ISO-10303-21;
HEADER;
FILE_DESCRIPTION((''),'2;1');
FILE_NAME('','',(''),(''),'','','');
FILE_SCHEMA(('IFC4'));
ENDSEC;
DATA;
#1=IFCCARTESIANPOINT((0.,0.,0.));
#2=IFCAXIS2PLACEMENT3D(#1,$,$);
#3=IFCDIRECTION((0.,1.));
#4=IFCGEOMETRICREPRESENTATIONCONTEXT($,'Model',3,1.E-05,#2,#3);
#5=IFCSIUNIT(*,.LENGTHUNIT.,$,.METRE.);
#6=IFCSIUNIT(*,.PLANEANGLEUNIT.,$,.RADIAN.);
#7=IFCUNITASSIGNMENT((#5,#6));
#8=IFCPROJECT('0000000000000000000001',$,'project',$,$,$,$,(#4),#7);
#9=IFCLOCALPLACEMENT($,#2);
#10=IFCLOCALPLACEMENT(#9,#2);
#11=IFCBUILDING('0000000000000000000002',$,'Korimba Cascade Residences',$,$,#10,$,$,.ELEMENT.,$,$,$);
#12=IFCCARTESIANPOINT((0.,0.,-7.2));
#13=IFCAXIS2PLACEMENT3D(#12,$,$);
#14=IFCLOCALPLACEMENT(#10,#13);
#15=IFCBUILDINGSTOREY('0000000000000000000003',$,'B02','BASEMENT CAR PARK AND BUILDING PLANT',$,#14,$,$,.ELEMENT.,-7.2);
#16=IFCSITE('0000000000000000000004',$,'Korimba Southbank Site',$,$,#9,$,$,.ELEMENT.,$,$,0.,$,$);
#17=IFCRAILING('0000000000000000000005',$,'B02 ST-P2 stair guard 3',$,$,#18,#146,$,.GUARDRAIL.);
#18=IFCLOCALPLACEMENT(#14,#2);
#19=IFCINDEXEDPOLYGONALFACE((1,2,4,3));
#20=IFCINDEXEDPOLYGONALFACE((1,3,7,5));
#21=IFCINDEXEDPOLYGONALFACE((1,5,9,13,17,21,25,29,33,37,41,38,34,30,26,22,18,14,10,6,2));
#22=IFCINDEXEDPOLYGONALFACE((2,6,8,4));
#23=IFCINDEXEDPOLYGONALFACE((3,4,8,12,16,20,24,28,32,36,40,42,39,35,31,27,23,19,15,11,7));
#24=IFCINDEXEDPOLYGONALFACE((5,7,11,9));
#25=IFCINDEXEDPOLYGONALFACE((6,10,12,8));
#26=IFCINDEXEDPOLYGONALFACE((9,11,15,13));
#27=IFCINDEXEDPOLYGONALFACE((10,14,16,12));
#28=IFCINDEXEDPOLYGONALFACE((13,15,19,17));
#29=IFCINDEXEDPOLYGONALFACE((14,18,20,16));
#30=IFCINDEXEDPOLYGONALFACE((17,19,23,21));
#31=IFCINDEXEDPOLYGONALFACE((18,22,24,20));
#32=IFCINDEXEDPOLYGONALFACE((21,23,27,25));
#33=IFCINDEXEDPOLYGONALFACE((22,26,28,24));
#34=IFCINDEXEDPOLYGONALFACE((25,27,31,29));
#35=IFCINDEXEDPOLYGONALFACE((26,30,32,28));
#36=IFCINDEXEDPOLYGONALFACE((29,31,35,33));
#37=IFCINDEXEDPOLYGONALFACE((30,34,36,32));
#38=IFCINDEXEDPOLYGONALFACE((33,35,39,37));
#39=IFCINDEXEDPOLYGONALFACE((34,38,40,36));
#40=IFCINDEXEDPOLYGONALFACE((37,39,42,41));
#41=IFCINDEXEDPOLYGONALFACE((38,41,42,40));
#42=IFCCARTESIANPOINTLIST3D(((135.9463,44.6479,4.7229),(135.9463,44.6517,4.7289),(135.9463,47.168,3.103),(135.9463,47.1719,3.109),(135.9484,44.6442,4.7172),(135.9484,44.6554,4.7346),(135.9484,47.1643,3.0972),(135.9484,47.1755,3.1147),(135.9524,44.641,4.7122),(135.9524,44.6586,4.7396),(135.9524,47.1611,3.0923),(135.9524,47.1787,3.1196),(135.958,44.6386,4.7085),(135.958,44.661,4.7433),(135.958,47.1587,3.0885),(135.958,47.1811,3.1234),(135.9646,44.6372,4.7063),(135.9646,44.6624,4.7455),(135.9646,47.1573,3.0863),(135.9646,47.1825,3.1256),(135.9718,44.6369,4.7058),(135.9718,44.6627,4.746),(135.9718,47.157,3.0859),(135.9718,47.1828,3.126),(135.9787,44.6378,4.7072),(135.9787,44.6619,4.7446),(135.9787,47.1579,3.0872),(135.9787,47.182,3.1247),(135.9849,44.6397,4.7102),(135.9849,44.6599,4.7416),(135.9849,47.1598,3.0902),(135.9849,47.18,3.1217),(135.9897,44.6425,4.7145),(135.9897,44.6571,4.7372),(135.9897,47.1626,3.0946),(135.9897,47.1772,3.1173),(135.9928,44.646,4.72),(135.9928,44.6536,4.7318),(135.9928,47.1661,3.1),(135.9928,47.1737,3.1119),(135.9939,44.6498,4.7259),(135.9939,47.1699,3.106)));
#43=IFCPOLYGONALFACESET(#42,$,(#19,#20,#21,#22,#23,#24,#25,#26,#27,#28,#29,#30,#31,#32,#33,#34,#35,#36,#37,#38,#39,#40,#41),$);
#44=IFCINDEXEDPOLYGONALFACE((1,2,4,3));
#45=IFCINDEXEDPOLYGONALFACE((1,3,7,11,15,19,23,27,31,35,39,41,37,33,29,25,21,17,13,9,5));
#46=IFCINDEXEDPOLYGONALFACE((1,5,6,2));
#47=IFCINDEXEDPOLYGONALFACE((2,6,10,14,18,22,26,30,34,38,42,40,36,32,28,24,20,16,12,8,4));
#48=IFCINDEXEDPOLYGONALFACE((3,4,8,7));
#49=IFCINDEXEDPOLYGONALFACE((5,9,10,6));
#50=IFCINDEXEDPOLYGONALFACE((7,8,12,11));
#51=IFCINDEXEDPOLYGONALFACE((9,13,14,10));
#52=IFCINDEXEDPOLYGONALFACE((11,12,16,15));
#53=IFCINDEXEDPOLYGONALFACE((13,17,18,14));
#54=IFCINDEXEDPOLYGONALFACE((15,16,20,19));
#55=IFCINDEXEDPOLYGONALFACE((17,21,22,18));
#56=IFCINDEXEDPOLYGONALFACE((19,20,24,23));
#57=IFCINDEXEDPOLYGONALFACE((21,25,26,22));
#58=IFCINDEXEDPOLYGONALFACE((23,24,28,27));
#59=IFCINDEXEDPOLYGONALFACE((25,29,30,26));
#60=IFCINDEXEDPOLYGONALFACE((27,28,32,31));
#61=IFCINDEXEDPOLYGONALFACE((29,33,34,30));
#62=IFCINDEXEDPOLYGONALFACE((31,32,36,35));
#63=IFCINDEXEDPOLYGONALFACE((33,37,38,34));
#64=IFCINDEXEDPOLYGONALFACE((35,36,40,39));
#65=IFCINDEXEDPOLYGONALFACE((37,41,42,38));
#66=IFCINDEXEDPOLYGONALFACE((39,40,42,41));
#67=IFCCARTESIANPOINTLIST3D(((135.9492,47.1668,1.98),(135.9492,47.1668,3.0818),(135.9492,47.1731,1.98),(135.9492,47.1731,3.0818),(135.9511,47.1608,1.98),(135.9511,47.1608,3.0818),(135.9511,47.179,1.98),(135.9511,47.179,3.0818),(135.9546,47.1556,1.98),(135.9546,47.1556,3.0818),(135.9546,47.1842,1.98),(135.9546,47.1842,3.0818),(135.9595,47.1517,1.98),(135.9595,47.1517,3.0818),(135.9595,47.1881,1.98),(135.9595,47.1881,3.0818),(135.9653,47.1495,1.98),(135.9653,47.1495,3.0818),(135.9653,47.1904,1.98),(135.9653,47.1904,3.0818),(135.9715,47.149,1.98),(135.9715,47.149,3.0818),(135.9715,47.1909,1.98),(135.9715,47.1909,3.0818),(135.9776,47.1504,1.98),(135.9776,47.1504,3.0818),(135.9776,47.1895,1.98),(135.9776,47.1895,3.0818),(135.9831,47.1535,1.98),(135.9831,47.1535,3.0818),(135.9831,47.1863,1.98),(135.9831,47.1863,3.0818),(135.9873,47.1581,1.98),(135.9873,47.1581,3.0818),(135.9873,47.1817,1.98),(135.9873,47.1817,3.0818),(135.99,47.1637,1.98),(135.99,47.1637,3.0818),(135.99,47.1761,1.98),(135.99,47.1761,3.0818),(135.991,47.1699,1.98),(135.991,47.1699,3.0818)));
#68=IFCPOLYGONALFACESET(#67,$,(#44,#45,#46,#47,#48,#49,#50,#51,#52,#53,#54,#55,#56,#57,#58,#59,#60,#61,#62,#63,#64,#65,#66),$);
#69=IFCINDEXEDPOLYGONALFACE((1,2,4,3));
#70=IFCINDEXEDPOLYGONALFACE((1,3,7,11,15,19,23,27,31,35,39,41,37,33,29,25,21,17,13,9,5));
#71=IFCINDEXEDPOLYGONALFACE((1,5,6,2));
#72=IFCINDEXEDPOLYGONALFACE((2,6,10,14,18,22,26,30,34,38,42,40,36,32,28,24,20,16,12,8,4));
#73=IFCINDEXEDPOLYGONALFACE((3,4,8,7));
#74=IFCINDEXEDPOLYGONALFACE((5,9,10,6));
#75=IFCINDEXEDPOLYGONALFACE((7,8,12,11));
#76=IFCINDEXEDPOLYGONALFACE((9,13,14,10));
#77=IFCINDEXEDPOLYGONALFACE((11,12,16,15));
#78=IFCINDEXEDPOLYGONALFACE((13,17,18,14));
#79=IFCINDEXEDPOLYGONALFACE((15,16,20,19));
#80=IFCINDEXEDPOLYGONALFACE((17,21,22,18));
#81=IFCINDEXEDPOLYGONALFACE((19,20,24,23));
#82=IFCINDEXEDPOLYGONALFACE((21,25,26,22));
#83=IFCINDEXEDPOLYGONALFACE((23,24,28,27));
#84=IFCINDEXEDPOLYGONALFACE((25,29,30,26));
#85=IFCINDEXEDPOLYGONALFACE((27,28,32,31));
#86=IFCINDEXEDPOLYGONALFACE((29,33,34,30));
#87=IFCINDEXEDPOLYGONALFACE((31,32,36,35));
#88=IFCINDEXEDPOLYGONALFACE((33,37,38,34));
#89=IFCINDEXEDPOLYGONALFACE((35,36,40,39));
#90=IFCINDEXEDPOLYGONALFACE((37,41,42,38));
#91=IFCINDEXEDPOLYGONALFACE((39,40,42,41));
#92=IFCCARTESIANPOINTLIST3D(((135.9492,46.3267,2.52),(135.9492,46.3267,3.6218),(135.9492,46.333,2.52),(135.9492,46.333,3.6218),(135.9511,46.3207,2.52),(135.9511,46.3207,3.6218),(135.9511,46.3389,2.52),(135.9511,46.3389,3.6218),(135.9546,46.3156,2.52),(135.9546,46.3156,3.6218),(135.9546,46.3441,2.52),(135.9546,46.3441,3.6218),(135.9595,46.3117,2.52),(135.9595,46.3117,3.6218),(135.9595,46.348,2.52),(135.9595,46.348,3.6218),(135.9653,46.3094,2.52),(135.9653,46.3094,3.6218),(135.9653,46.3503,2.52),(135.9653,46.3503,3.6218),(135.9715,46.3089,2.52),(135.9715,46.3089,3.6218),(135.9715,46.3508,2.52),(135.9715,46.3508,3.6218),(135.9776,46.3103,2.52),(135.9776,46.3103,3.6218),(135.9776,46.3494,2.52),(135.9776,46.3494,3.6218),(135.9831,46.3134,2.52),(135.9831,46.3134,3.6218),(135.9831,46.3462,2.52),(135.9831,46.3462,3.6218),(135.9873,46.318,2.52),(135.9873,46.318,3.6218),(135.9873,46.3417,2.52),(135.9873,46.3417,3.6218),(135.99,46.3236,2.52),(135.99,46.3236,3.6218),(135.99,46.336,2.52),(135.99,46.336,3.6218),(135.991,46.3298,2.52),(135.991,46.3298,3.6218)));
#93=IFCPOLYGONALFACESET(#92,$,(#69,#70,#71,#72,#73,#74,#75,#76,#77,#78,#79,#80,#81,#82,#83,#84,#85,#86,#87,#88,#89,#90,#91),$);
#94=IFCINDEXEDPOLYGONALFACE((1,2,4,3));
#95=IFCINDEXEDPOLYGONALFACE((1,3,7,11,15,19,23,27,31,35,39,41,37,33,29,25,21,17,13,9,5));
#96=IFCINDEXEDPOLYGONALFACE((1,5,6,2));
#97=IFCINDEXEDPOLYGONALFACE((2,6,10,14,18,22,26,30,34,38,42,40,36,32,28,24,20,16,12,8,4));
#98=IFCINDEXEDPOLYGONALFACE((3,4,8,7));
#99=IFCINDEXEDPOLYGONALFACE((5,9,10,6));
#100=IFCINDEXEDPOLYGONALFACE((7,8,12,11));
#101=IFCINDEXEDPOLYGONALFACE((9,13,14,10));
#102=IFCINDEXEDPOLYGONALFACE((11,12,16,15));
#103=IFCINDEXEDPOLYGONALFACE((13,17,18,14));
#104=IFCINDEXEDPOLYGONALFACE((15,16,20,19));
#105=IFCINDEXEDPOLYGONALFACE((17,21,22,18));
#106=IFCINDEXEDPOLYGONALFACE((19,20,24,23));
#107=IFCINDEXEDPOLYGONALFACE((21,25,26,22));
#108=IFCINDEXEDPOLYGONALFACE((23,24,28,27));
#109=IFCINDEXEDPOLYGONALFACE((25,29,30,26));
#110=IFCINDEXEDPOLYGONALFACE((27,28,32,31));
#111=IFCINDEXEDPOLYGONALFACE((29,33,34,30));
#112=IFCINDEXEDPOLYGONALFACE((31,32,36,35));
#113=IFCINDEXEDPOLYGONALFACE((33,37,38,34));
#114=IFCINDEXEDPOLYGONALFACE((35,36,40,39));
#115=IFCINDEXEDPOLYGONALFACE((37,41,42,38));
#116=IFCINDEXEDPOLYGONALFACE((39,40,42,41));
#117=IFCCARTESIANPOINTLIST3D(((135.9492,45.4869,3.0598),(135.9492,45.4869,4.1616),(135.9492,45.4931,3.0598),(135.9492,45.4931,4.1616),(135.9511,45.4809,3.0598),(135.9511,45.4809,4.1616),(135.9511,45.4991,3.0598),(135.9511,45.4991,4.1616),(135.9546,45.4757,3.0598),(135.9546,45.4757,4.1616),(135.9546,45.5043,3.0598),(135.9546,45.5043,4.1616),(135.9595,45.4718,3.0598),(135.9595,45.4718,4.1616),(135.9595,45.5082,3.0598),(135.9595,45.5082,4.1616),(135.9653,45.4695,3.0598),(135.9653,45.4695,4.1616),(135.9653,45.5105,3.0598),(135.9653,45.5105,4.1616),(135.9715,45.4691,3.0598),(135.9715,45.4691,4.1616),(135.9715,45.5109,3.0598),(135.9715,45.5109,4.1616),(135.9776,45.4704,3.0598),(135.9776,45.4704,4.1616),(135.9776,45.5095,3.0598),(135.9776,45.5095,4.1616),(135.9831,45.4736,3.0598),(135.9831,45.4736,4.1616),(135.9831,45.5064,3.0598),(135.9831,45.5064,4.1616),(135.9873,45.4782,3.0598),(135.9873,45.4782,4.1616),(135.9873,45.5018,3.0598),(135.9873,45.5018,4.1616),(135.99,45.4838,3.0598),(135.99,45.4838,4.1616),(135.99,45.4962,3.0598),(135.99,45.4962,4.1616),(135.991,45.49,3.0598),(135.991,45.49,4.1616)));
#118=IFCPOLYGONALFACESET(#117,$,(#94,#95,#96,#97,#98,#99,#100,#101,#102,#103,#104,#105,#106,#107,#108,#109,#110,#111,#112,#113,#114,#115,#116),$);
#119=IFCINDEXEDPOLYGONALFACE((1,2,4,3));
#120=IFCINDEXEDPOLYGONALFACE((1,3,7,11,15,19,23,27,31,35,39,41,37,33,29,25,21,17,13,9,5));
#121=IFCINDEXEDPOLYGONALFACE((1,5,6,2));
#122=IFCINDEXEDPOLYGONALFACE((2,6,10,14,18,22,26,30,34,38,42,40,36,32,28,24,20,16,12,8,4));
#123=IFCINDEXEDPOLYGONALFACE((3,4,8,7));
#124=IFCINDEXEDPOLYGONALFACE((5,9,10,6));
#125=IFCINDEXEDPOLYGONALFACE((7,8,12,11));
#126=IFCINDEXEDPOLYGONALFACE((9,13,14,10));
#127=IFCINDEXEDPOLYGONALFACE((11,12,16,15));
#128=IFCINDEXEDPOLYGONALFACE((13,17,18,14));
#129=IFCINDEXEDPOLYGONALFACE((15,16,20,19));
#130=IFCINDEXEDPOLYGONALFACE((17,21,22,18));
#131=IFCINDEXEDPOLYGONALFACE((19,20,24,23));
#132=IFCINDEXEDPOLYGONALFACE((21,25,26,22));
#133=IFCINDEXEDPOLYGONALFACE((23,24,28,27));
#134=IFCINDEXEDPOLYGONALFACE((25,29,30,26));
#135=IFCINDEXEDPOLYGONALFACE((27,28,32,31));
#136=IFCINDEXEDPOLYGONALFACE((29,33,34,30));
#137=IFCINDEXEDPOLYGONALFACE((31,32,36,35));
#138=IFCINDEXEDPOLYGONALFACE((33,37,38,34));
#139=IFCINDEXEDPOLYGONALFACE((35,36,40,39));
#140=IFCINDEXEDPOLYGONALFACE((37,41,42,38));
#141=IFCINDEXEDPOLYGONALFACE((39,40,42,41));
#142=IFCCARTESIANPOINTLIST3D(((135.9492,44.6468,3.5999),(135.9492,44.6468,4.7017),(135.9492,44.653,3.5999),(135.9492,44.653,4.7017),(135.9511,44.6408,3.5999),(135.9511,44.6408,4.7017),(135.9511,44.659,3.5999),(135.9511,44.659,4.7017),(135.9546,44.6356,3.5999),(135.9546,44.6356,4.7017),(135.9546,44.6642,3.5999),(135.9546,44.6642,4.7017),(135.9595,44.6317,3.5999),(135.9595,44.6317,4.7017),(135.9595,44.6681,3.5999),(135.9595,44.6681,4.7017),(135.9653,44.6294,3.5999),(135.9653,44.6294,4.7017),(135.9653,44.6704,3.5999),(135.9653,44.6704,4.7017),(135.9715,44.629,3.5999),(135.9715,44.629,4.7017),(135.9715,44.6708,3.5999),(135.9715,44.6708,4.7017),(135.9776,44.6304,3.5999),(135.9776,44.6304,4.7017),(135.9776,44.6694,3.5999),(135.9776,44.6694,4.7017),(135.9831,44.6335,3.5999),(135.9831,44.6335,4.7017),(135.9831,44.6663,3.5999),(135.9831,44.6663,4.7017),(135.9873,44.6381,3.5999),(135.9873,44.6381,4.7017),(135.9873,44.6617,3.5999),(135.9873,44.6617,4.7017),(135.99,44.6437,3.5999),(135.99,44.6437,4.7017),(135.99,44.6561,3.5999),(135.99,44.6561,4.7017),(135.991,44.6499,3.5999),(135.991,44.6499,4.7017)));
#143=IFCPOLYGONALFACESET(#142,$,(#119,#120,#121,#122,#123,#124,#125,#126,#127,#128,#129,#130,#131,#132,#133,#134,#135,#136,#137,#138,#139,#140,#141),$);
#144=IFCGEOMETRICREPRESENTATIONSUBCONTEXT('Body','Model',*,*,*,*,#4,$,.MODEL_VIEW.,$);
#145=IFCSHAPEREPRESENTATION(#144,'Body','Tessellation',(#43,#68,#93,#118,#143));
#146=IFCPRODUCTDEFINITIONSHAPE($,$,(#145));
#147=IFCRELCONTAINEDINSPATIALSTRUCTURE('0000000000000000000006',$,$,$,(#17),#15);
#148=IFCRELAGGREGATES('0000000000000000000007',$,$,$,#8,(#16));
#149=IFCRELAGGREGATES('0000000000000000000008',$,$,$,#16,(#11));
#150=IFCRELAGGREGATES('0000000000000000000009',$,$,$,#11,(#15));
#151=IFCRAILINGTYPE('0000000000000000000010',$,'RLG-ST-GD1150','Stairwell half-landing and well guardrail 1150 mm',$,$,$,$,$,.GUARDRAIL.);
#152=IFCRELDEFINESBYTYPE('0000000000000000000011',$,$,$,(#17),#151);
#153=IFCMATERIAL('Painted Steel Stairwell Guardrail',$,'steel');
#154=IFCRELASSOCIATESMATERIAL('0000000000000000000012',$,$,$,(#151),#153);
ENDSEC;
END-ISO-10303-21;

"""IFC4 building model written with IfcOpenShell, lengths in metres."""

from ifc_helpers import new_model, si_unit, direction, frame, origin, origin_2d, place, context, subcontext, project, spatial, circle, extrude, material, type_object, element, save


model = new_model("IFC4")

# Units and contexts
model_context = context("Model", 3, precision=1e-05, world=origin(), true_north=direction((0.0, 1.0)))
body_context = subcontext(model_context, "Body", "Model", "MODEL_VIEW")
ifc_project = project(units=[si_unit("LENGTHUNIT", "METRE"), si_unit("PLANEANGLEUNIT", "RADIAN")], contexts=[model_context])

# Site, building, storey
site_placement = place(None, origin())
site = spatial("IfcSite", under=ifc_project, at=site_placement, Name="Korimba Southbank Site", CompositionType="ELEMENT", RefElevation=0.0)
building_placement = place(site_placement, origin())
building = spatial("IfcBuilding", under=site, at=building_placement, Name="Korimba Cascade Residences", CompositionType="ELEMENT")
storey_placement = place(building_placement, frame((0.0, 0.0, -7.2)))
storey = spatial("IfcBuildingStorey", under=building, at=storey_placement, Name="B02", Description="BASEMENT CAR PARK AND BUILDING PLANT", CompositionType="ELEMENT", Elevation=-7.2)

# Railing
ifc_material_1 = material(Name="Painted Steel Stairwell Guardrail", Category="steel")
railing_type_1 = type_object("IfcRailingType", Name="RLG-ST-GD1150", Description="Stairwell half-landing and well guardrail 1150 mm", PredefinedType="GUARDRAIL", material=ifc_material_1)
railing_1_placement = place(storey_placement, frame((135.97, 47.1699, 1.98)))
element("IfcRailing", 1, at=railing_1_placement, inside=storey, type_object=railing_type_1, Name="B02 ST-P2 stair guard 3", PredefinedType="GUARDRAIL", context=body_context, shape_type="SweptSolid", body=[
    extrude(circle(Radius=0.0239, at=origin_2d()), frame((0.0, 0.0, 1.126), z_axis=(0.0, -0.8412, 0.540725), x_axis=(1.0, 0.0, 0.0)), (0.0, 0.0, 1.0), 2.9958),
    extrude(circle(Radius=0.021, at=origin_2d()), origin(), (0.0, 0.0, 1.0), 1.1018),
    extrude(circle(Radius=0.021, at=origin_2d()), frame((0.0, -0.8401, 0.54)), (0.0, 0.0, 1.0), 1.1018),
    extrude(circle(Radius=0.021, at=origin_2d()), frame((0.0, -1.6799, 1.0798)), (0.0, 0.0, 1.0), 1.1018),
    extrude(circle(Radius=0.021, at=origin_2d()), frame((0.0, -2.52, 1.6199)), (0.0, 0.0, 1.0), 1.1018),
])

save(model, "model.ifc")
